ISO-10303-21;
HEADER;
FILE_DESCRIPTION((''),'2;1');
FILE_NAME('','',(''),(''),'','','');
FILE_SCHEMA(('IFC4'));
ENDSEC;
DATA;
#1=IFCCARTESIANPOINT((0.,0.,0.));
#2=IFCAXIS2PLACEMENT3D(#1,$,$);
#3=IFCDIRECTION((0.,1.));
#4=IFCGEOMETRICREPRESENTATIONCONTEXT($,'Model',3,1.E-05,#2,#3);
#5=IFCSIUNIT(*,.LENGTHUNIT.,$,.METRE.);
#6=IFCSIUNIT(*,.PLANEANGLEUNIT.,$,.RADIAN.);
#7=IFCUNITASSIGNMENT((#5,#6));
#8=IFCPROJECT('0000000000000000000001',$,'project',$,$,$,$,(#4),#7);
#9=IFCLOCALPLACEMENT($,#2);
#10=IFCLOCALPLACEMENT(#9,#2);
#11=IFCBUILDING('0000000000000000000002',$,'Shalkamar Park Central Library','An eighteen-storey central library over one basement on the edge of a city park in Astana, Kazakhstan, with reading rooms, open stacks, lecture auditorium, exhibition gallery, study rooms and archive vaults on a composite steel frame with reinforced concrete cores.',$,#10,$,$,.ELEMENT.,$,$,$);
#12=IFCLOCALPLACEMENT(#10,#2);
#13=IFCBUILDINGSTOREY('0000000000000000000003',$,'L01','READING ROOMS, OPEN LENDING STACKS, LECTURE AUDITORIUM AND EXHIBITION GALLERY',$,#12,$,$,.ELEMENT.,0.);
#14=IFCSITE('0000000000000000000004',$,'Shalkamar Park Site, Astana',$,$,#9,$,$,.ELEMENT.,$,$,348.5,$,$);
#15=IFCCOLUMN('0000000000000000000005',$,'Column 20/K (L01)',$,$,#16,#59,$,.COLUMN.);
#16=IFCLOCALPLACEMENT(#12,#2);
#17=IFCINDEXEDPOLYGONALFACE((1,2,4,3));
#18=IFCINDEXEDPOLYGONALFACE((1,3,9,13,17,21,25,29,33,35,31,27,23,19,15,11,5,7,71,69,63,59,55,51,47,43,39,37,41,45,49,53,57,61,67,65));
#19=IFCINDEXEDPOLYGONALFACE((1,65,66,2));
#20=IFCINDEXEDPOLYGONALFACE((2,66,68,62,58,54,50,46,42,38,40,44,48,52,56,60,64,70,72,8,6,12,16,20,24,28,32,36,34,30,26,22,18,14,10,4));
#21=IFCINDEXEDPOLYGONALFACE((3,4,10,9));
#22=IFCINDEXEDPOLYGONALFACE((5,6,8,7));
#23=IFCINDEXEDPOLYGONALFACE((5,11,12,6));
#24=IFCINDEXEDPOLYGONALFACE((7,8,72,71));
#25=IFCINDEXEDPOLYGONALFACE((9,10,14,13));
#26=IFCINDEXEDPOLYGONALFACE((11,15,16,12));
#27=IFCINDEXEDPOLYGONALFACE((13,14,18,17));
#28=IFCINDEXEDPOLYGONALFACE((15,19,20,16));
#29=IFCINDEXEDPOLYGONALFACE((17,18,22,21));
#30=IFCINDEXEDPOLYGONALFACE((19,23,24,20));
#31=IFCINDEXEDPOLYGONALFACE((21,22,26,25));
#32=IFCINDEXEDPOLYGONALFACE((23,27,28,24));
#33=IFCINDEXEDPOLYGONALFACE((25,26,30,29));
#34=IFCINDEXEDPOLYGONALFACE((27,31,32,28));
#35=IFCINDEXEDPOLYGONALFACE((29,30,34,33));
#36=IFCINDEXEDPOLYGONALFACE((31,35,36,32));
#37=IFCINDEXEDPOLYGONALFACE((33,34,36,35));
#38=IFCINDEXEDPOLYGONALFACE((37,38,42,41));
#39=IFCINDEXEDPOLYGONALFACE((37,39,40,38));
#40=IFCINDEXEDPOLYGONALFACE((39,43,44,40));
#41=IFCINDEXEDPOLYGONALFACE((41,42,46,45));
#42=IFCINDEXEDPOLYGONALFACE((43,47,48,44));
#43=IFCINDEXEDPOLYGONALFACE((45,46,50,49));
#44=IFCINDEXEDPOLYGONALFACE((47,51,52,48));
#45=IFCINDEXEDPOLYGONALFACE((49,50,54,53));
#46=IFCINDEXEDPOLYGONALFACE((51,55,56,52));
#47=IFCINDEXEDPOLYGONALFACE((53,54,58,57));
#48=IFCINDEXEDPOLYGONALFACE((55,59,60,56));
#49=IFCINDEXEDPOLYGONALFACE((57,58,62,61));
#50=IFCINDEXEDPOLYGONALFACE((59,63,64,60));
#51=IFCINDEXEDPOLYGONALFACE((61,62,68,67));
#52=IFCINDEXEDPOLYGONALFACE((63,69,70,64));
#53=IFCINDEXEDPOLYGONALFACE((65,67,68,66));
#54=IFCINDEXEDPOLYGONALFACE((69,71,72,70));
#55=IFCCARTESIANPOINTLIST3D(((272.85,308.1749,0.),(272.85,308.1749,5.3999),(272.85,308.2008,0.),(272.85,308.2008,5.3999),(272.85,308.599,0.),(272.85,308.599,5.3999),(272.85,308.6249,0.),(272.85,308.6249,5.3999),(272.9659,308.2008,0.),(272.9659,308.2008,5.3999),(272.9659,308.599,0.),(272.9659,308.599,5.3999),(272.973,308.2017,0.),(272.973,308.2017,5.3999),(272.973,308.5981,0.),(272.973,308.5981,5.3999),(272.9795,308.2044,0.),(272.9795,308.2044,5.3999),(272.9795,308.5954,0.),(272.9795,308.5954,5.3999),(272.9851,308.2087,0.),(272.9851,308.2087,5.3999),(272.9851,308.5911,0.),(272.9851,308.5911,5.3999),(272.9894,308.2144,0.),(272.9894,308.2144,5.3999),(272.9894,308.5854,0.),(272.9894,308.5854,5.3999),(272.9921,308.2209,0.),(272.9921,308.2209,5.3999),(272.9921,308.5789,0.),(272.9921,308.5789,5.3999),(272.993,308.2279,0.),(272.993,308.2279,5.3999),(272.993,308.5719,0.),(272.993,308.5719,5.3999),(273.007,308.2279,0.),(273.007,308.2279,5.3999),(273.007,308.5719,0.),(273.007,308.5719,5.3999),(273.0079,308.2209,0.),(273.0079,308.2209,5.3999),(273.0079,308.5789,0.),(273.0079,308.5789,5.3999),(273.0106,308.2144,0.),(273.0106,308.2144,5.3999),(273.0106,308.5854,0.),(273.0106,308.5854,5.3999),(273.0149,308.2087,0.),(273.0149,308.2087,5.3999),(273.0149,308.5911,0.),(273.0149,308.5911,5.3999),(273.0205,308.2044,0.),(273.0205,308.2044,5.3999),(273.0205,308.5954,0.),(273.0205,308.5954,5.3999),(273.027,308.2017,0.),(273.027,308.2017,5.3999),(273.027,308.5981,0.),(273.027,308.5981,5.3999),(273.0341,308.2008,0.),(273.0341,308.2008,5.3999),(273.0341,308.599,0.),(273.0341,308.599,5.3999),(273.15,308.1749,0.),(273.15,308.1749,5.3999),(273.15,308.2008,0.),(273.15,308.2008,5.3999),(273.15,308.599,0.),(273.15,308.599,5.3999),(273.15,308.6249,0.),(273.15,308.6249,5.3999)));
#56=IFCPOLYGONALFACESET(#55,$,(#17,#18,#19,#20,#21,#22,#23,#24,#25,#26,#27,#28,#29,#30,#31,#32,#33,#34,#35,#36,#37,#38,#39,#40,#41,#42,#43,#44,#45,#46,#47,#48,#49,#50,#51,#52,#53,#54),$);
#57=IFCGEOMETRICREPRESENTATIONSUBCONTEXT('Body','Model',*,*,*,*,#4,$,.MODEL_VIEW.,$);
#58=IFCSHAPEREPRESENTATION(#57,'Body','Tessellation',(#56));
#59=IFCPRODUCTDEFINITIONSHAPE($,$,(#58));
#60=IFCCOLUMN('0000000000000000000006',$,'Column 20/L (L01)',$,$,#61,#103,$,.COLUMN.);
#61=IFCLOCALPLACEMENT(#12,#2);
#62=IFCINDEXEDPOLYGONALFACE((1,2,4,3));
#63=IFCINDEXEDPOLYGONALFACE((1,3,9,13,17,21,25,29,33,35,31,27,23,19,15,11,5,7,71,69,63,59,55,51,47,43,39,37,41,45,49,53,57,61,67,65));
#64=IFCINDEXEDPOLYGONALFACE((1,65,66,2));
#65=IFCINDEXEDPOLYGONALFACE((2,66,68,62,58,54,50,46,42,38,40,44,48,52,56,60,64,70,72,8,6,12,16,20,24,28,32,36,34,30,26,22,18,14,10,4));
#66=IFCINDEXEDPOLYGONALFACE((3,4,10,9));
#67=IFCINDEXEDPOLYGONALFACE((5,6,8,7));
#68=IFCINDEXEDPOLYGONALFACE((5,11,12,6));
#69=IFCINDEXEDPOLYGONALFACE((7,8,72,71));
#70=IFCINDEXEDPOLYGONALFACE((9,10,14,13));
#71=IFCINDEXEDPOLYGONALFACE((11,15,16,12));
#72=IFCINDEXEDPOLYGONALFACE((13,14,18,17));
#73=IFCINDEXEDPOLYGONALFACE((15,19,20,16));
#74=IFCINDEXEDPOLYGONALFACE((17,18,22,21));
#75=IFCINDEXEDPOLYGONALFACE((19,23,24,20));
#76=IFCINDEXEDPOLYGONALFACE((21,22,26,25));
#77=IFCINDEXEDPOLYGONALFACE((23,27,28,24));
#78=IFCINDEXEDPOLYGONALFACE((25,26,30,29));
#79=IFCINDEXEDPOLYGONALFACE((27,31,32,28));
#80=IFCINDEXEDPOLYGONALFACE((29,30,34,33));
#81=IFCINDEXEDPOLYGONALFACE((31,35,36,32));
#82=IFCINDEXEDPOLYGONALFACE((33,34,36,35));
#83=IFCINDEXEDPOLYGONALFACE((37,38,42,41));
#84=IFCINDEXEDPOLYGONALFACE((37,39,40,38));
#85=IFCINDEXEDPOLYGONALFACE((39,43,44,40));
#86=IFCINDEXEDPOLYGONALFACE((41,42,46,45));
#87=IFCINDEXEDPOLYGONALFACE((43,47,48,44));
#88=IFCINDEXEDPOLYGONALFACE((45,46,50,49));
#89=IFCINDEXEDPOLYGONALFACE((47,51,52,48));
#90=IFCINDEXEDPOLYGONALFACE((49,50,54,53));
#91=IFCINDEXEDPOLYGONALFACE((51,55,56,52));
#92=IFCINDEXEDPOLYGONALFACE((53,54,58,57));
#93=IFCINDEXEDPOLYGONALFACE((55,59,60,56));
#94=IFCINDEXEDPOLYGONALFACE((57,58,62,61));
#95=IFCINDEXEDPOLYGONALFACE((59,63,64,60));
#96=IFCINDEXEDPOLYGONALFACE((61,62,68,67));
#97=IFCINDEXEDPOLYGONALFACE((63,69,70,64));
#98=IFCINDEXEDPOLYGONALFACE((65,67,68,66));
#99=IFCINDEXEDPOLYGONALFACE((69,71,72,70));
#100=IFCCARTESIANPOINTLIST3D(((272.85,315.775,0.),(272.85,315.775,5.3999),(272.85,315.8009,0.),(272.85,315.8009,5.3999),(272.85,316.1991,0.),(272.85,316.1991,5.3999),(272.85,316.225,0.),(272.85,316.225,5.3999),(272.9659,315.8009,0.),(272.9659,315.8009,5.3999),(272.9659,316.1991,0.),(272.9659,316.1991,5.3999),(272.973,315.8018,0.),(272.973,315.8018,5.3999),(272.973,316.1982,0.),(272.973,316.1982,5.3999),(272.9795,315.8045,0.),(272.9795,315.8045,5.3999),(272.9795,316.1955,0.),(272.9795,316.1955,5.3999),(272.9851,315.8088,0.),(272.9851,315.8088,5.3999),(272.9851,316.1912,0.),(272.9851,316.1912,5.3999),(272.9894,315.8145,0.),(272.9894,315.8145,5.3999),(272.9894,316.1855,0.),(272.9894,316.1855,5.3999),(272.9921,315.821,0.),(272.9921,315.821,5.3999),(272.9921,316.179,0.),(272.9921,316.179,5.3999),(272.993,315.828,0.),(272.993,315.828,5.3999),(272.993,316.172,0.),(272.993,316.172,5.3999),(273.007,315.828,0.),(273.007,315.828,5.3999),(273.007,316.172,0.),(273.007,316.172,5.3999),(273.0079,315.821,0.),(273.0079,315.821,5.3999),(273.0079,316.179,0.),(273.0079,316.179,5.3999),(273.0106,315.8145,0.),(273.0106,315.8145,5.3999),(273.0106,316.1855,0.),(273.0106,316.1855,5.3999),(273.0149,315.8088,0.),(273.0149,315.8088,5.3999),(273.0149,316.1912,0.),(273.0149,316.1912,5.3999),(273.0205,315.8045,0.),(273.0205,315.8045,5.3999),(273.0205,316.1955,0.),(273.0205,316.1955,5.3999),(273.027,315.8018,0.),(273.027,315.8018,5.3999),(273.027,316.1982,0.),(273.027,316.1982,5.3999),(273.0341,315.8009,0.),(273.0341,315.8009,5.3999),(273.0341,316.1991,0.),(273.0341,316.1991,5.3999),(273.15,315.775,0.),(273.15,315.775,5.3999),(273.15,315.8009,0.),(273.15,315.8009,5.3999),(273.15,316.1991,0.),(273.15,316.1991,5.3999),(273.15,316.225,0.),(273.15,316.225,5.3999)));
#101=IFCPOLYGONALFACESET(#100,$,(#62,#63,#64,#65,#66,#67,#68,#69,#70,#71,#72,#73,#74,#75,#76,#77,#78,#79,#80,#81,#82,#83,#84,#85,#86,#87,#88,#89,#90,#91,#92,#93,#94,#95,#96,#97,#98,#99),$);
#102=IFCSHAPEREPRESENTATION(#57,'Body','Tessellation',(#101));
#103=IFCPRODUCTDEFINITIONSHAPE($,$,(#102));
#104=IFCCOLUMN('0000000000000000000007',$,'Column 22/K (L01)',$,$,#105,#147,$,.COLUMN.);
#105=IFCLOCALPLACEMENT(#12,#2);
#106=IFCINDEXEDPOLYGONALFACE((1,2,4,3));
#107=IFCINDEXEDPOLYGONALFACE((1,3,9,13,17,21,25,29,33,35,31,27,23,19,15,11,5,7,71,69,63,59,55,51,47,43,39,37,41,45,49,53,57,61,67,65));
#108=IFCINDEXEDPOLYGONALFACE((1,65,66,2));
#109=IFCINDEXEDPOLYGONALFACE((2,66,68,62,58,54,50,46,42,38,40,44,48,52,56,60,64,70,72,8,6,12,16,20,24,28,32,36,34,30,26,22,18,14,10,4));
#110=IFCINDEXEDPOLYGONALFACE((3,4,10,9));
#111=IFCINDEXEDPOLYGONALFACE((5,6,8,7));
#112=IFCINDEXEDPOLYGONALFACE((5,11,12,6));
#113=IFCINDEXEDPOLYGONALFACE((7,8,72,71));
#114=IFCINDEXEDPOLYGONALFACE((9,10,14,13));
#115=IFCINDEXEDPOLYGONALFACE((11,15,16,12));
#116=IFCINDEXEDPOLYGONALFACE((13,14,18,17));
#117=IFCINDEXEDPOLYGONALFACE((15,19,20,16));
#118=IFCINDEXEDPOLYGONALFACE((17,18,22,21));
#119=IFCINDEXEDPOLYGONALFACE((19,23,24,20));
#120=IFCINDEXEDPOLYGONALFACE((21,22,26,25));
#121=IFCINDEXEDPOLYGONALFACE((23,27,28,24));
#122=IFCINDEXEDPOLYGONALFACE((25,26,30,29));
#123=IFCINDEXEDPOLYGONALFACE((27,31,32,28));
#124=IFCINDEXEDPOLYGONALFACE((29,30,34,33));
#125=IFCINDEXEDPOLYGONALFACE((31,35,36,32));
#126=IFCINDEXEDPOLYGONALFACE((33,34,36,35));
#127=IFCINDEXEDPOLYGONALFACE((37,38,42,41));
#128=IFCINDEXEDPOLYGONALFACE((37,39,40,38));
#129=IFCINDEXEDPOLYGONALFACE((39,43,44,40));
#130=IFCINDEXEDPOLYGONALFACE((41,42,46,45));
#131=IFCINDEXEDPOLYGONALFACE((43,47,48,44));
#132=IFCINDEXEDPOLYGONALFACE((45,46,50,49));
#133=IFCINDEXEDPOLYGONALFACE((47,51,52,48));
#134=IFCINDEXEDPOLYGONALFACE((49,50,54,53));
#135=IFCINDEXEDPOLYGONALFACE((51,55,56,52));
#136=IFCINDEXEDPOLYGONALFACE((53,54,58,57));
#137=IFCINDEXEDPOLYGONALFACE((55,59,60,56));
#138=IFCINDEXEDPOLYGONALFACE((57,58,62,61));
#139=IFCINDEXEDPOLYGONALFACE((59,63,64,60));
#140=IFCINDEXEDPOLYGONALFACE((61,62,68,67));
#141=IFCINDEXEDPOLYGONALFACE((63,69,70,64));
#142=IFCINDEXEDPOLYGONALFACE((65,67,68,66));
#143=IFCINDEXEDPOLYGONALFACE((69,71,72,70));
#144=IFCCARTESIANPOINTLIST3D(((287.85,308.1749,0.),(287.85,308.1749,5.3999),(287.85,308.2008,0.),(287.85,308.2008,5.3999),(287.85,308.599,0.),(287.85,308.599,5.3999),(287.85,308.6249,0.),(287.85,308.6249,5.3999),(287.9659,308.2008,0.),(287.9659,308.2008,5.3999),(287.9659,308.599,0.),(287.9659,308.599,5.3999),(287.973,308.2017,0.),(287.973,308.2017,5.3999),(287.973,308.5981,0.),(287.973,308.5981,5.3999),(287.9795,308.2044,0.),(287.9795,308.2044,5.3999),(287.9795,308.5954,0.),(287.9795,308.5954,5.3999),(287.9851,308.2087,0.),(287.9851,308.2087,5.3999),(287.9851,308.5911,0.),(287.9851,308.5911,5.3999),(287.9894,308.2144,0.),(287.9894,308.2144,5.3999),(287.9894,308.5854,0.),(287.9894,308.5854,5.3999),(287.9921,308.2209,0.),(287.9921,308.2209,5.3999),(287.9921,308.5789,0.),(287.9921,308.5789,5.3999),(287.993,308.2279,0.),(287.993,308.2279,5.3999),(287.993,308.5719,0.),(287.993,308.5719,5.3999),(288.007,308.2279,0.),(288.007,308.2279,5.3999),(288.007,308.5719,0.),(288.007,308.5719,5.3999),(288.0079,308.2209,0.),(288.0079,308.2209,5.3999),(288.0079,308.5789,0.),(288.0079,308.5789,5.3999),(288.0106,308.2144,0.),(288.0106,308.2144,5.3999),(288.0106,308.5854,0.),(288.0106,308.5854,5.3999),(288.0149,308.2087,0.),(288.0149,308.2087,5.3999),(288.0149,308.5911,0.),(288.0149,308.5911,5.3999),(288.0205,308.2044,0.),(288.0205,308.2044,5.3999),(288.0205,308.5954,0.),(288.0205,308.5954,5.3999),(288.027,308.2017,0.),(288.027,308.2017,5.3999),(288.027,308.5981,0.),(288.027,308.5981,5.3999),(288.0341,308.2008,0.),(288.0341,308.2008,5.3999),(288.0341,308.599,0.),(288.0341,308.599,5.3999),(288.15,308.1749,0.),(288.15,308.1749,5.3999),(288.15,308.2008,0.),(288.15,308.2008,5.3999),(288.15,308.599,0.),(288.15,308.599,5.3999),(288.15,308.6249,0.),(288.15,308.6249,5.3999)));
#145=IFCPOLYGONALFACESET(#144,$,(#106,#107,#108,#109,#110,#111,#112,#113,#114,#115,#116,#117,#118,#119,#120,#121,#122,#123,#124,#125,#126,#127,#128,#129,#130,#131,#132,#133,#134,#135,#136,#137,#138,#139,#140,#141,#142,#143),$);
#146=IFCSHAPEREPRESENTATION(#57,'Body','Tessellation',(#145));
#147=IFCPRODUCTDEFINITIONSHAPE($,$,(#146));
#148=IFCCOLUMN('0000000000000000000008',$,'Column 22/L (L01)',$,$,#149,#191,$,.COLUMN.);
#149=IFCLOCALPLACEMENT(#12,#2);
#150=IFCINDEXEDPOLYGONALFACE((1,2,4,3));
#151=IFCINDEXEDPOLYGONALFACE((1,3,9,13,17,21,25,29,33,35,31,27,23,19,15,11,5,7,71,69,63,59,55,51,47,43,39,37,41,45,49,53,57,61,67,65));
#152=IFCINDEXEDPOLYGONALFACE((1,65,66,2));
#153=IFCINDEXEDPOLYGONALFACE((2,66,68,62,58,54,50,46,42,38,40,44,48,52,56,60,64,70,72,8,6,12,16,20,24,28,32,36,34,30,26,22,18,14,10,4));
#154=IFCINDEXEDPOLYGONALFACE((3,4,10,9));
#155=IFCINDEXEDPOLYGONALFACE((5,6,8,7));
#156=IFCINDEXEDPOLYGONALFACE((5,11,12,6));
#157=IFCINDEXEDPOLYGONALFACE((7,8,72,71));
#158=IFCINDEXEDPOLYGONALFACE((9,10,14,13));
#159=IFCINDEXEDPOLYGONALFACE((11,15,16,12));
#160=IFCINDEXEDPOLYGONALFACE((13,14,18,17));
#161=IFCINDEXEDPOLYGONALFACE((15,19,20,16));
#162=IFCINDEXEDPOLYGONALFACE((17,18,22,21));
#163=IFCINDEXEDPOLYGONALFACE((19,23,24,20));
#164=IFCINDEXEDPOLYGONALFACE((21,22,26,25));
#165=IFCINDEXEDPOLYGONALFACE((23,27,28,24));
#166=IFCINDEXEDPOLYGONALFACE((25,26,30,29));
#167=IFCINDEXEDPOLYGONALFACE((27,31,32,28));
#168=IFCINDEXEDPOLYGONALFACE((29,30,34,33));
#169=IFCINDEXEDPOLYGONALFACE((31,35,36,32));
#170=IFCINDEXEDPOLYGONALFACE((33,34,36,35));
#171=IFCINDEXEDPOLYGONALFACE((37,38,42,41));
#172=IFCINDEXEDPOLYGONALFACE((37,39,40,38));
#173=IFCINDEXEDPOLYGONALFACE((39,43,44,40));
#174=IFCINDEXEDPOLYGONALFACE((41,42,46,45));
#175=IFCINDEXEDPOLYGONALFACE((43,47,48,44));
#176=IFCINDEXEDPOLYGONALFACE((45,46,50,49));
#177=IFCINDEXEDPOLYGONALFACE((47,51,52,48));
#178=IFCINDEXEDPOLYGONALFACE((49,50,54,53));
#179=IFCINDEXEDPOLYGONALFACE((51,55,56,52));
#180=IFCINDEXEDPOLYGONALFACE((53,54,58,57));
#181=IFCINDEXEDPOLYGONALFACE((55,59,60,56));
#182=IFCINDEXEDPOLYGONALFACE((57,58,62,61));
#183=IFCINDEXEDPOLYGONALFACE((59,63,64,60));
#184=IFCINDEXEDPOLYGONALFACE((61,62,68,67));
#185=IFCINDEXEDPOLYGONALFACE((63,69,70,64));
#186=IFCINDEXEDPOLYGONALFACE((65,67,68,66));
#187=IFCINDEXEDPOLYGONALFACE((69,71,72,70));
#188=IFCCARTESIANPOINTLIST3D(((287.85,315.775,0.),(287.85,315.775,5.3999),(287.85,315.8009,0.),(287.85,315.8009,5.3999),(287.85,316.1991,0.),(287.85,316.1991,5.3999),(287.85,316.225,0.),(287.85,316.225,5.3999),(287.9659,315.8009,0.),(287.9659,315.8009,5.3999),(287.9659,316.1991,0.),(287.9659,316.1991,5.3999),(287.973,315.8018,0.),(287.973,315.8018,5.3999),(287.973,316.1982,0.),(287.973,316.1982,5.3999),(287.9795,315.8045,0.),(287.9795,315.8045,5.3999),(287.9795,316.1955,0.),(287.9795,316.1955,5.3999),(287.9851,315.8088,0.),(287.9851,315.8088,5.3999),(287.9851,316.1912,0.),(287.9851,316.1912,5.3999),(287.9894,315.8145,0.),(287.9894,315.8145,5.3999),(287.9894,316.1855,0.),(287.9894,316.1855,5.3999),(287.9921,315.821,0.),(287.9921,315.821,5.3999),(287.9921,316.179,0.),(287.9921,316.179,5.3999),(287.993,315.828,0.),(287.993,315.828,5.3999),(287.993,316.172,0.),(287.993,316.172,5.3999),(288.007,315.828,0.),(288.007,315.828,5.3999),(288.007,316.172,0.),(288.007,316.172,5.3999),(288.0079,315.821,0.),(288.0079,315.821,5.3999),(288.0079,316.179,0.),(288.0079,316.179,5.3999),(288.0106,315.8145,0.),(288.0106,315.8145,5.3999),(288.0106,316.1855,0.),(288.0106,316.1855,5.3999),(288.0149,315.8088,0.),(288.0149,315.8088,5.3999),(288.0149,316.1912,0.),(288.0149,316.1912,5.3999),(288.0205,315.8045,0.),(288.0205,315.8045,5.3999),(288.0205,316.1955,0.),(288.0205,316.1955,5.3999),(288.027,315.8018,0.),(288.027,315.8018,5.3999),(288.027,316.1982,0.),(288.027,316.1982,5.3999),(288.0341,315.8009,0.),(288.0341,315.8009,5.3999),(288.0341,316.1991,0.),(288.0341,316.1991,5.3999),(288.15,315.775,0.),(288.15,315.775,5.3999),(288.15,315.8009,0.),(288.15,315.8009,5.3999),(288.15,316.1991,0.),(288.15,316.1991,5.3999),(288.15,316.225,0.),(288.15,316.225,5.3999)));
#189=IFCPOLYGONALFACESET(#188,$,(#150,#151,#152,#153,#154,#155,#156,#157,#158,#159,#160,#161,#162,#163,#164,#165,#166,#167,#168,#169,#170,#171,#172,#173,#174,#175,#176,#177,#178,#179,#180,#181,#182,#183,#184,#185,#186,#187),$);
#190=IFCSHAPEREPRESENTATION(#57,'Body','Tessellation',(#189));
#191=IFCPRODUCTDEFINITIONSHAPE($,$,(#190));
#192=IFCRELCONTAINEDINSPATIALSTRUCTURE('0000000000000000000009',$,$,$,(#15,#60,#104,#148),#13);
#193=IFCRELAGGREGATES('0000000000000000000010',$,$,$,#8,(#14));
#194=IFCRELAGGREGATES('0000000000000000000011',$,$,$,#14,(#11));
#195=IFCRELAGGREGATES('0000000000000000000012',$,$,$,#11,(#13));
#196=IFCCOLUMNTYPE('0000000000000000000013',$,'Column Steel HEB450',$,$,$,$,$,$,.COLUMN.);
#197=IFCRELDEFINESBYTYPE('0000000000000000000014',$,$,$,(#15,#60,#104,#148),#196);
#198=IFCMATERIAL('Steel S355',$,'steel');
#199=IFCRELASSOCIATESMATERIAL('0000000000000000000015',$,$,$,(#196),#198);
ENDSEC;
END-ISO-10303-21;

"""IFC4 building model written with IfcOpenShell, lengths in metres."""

from ifc_helpers import new_model, si_unit, direction, frame, origin, origin_2d, place, context, subcontext, project, spatial, i_section, extrude, material, material_profile, profile_set, type_object, element, save


model = new_model("IFC4")

# Units and contexts
model_context = context("Model", 3, precision=1e-05, world=origin(), true_north=direction((0.0, 1.0)))
body_context = subcontext(model_context, "Body", "Model", "MODEL_VIEW")
ifc_project = project(units=[si_unit("LENGTHUNIT", "METRE"), si_unit("PLANEANGLEUNIT", "RADIAN")], contexts=[model_context])

# Site, building, storey
site_placement = place(None, origin())
site = spatial("IfcSite", under=ifc_project, at=site_placement, Name="Shalkamar Park Site, Astana", CompositionType="ELEMENT", RefElevation=348.5)
building_placement = place(site_placement, origin())
building = spatial("IfcBuilding", under=site, at=building_placement, Name="Shalkamar Park Central Library", Description="An eighteen-storey central library over one basement on the edge of a city park in Astana, Kazakhstan, with reading rooms, open stacks, lecture auditorium, exhibition gallery, study rooms and archive vaults on a composite steel frame with reinforced concrete cores.", CompositionType="ELEMENT")
storey_placement = place(building_placement, origin())
storey = spatial("IfcBuildingStorey", under=building, at=storey_placement, Name="L01", Description="READING ROOMS, OPEN LENDING STACKS, LECTURE AUDITORIUM AND EXHIBITION GALLERY", CompositionType="ELEMENT", Elevation=0.0)

# Columns
ifc_material_1 = material(Name="Steel S355", Category="steel")
ifc_material_profile_1 = material_profile(ifc_material_1, i_section(OverallWidth=0.3, OverallDepth=0.45, WebThickness=0.0139, FlangeThickness=0.0259, FilletRadius=0.0271, at=origin_2d()), Name="HEB 450")
ifc_profile_set_1 = profile_set([ifc_material_profile_1], Name="Steel S355")
column_type_1 = type_object("IfcColumnType", Name="Column Steel HEB450", PredefinedType="COLUMN", material=ifc_profile_set_1)
for number, where, z_axis, x_axis, name in (
    (1, (273.0, 308.3999, 0.0), (0.0, 0.0, 1.0), (1.0, 0.0, 0.0), "Column 20/K (L01)"),
    (2, (273.0, 316.0, 0.0), (0.0, 0.0, 1.0), (1.0, 0.0, 0.0), "Column 20/L (L01)"),
    (3, (288.0, 308.3999, 0.0), (0.0, 0.0, 1.0), (1.0, 0.0, 0.0), "Column 22/K (L01)"),
    (4, (288.0, 316.0, 0.0), (0.0, 0.0, 1.0), (1.0, 0.0, 0.0), "Column 22/L (L01)"),
):
    element("IfcColumn", number, at=place(storey_placement, frame(where, z_axis=z_axis, x_axis=x_axis)), inside=storey, type_object=column_type_1, Name=name, PredefinedType="COLUMN", context=body_context, shape_type="SweptSolid", body=[
        extrude(i_section(OverallWidth=0.3, OverallDepth=0.45, WebThickness=0.0139, FlangeThickness=0.0259, FilletRadius=0.0271, at=origin_2d()), origin(), (0.0, 0.0, 1.0), 5.3999),
    ])

save(model, "model.ifc")
